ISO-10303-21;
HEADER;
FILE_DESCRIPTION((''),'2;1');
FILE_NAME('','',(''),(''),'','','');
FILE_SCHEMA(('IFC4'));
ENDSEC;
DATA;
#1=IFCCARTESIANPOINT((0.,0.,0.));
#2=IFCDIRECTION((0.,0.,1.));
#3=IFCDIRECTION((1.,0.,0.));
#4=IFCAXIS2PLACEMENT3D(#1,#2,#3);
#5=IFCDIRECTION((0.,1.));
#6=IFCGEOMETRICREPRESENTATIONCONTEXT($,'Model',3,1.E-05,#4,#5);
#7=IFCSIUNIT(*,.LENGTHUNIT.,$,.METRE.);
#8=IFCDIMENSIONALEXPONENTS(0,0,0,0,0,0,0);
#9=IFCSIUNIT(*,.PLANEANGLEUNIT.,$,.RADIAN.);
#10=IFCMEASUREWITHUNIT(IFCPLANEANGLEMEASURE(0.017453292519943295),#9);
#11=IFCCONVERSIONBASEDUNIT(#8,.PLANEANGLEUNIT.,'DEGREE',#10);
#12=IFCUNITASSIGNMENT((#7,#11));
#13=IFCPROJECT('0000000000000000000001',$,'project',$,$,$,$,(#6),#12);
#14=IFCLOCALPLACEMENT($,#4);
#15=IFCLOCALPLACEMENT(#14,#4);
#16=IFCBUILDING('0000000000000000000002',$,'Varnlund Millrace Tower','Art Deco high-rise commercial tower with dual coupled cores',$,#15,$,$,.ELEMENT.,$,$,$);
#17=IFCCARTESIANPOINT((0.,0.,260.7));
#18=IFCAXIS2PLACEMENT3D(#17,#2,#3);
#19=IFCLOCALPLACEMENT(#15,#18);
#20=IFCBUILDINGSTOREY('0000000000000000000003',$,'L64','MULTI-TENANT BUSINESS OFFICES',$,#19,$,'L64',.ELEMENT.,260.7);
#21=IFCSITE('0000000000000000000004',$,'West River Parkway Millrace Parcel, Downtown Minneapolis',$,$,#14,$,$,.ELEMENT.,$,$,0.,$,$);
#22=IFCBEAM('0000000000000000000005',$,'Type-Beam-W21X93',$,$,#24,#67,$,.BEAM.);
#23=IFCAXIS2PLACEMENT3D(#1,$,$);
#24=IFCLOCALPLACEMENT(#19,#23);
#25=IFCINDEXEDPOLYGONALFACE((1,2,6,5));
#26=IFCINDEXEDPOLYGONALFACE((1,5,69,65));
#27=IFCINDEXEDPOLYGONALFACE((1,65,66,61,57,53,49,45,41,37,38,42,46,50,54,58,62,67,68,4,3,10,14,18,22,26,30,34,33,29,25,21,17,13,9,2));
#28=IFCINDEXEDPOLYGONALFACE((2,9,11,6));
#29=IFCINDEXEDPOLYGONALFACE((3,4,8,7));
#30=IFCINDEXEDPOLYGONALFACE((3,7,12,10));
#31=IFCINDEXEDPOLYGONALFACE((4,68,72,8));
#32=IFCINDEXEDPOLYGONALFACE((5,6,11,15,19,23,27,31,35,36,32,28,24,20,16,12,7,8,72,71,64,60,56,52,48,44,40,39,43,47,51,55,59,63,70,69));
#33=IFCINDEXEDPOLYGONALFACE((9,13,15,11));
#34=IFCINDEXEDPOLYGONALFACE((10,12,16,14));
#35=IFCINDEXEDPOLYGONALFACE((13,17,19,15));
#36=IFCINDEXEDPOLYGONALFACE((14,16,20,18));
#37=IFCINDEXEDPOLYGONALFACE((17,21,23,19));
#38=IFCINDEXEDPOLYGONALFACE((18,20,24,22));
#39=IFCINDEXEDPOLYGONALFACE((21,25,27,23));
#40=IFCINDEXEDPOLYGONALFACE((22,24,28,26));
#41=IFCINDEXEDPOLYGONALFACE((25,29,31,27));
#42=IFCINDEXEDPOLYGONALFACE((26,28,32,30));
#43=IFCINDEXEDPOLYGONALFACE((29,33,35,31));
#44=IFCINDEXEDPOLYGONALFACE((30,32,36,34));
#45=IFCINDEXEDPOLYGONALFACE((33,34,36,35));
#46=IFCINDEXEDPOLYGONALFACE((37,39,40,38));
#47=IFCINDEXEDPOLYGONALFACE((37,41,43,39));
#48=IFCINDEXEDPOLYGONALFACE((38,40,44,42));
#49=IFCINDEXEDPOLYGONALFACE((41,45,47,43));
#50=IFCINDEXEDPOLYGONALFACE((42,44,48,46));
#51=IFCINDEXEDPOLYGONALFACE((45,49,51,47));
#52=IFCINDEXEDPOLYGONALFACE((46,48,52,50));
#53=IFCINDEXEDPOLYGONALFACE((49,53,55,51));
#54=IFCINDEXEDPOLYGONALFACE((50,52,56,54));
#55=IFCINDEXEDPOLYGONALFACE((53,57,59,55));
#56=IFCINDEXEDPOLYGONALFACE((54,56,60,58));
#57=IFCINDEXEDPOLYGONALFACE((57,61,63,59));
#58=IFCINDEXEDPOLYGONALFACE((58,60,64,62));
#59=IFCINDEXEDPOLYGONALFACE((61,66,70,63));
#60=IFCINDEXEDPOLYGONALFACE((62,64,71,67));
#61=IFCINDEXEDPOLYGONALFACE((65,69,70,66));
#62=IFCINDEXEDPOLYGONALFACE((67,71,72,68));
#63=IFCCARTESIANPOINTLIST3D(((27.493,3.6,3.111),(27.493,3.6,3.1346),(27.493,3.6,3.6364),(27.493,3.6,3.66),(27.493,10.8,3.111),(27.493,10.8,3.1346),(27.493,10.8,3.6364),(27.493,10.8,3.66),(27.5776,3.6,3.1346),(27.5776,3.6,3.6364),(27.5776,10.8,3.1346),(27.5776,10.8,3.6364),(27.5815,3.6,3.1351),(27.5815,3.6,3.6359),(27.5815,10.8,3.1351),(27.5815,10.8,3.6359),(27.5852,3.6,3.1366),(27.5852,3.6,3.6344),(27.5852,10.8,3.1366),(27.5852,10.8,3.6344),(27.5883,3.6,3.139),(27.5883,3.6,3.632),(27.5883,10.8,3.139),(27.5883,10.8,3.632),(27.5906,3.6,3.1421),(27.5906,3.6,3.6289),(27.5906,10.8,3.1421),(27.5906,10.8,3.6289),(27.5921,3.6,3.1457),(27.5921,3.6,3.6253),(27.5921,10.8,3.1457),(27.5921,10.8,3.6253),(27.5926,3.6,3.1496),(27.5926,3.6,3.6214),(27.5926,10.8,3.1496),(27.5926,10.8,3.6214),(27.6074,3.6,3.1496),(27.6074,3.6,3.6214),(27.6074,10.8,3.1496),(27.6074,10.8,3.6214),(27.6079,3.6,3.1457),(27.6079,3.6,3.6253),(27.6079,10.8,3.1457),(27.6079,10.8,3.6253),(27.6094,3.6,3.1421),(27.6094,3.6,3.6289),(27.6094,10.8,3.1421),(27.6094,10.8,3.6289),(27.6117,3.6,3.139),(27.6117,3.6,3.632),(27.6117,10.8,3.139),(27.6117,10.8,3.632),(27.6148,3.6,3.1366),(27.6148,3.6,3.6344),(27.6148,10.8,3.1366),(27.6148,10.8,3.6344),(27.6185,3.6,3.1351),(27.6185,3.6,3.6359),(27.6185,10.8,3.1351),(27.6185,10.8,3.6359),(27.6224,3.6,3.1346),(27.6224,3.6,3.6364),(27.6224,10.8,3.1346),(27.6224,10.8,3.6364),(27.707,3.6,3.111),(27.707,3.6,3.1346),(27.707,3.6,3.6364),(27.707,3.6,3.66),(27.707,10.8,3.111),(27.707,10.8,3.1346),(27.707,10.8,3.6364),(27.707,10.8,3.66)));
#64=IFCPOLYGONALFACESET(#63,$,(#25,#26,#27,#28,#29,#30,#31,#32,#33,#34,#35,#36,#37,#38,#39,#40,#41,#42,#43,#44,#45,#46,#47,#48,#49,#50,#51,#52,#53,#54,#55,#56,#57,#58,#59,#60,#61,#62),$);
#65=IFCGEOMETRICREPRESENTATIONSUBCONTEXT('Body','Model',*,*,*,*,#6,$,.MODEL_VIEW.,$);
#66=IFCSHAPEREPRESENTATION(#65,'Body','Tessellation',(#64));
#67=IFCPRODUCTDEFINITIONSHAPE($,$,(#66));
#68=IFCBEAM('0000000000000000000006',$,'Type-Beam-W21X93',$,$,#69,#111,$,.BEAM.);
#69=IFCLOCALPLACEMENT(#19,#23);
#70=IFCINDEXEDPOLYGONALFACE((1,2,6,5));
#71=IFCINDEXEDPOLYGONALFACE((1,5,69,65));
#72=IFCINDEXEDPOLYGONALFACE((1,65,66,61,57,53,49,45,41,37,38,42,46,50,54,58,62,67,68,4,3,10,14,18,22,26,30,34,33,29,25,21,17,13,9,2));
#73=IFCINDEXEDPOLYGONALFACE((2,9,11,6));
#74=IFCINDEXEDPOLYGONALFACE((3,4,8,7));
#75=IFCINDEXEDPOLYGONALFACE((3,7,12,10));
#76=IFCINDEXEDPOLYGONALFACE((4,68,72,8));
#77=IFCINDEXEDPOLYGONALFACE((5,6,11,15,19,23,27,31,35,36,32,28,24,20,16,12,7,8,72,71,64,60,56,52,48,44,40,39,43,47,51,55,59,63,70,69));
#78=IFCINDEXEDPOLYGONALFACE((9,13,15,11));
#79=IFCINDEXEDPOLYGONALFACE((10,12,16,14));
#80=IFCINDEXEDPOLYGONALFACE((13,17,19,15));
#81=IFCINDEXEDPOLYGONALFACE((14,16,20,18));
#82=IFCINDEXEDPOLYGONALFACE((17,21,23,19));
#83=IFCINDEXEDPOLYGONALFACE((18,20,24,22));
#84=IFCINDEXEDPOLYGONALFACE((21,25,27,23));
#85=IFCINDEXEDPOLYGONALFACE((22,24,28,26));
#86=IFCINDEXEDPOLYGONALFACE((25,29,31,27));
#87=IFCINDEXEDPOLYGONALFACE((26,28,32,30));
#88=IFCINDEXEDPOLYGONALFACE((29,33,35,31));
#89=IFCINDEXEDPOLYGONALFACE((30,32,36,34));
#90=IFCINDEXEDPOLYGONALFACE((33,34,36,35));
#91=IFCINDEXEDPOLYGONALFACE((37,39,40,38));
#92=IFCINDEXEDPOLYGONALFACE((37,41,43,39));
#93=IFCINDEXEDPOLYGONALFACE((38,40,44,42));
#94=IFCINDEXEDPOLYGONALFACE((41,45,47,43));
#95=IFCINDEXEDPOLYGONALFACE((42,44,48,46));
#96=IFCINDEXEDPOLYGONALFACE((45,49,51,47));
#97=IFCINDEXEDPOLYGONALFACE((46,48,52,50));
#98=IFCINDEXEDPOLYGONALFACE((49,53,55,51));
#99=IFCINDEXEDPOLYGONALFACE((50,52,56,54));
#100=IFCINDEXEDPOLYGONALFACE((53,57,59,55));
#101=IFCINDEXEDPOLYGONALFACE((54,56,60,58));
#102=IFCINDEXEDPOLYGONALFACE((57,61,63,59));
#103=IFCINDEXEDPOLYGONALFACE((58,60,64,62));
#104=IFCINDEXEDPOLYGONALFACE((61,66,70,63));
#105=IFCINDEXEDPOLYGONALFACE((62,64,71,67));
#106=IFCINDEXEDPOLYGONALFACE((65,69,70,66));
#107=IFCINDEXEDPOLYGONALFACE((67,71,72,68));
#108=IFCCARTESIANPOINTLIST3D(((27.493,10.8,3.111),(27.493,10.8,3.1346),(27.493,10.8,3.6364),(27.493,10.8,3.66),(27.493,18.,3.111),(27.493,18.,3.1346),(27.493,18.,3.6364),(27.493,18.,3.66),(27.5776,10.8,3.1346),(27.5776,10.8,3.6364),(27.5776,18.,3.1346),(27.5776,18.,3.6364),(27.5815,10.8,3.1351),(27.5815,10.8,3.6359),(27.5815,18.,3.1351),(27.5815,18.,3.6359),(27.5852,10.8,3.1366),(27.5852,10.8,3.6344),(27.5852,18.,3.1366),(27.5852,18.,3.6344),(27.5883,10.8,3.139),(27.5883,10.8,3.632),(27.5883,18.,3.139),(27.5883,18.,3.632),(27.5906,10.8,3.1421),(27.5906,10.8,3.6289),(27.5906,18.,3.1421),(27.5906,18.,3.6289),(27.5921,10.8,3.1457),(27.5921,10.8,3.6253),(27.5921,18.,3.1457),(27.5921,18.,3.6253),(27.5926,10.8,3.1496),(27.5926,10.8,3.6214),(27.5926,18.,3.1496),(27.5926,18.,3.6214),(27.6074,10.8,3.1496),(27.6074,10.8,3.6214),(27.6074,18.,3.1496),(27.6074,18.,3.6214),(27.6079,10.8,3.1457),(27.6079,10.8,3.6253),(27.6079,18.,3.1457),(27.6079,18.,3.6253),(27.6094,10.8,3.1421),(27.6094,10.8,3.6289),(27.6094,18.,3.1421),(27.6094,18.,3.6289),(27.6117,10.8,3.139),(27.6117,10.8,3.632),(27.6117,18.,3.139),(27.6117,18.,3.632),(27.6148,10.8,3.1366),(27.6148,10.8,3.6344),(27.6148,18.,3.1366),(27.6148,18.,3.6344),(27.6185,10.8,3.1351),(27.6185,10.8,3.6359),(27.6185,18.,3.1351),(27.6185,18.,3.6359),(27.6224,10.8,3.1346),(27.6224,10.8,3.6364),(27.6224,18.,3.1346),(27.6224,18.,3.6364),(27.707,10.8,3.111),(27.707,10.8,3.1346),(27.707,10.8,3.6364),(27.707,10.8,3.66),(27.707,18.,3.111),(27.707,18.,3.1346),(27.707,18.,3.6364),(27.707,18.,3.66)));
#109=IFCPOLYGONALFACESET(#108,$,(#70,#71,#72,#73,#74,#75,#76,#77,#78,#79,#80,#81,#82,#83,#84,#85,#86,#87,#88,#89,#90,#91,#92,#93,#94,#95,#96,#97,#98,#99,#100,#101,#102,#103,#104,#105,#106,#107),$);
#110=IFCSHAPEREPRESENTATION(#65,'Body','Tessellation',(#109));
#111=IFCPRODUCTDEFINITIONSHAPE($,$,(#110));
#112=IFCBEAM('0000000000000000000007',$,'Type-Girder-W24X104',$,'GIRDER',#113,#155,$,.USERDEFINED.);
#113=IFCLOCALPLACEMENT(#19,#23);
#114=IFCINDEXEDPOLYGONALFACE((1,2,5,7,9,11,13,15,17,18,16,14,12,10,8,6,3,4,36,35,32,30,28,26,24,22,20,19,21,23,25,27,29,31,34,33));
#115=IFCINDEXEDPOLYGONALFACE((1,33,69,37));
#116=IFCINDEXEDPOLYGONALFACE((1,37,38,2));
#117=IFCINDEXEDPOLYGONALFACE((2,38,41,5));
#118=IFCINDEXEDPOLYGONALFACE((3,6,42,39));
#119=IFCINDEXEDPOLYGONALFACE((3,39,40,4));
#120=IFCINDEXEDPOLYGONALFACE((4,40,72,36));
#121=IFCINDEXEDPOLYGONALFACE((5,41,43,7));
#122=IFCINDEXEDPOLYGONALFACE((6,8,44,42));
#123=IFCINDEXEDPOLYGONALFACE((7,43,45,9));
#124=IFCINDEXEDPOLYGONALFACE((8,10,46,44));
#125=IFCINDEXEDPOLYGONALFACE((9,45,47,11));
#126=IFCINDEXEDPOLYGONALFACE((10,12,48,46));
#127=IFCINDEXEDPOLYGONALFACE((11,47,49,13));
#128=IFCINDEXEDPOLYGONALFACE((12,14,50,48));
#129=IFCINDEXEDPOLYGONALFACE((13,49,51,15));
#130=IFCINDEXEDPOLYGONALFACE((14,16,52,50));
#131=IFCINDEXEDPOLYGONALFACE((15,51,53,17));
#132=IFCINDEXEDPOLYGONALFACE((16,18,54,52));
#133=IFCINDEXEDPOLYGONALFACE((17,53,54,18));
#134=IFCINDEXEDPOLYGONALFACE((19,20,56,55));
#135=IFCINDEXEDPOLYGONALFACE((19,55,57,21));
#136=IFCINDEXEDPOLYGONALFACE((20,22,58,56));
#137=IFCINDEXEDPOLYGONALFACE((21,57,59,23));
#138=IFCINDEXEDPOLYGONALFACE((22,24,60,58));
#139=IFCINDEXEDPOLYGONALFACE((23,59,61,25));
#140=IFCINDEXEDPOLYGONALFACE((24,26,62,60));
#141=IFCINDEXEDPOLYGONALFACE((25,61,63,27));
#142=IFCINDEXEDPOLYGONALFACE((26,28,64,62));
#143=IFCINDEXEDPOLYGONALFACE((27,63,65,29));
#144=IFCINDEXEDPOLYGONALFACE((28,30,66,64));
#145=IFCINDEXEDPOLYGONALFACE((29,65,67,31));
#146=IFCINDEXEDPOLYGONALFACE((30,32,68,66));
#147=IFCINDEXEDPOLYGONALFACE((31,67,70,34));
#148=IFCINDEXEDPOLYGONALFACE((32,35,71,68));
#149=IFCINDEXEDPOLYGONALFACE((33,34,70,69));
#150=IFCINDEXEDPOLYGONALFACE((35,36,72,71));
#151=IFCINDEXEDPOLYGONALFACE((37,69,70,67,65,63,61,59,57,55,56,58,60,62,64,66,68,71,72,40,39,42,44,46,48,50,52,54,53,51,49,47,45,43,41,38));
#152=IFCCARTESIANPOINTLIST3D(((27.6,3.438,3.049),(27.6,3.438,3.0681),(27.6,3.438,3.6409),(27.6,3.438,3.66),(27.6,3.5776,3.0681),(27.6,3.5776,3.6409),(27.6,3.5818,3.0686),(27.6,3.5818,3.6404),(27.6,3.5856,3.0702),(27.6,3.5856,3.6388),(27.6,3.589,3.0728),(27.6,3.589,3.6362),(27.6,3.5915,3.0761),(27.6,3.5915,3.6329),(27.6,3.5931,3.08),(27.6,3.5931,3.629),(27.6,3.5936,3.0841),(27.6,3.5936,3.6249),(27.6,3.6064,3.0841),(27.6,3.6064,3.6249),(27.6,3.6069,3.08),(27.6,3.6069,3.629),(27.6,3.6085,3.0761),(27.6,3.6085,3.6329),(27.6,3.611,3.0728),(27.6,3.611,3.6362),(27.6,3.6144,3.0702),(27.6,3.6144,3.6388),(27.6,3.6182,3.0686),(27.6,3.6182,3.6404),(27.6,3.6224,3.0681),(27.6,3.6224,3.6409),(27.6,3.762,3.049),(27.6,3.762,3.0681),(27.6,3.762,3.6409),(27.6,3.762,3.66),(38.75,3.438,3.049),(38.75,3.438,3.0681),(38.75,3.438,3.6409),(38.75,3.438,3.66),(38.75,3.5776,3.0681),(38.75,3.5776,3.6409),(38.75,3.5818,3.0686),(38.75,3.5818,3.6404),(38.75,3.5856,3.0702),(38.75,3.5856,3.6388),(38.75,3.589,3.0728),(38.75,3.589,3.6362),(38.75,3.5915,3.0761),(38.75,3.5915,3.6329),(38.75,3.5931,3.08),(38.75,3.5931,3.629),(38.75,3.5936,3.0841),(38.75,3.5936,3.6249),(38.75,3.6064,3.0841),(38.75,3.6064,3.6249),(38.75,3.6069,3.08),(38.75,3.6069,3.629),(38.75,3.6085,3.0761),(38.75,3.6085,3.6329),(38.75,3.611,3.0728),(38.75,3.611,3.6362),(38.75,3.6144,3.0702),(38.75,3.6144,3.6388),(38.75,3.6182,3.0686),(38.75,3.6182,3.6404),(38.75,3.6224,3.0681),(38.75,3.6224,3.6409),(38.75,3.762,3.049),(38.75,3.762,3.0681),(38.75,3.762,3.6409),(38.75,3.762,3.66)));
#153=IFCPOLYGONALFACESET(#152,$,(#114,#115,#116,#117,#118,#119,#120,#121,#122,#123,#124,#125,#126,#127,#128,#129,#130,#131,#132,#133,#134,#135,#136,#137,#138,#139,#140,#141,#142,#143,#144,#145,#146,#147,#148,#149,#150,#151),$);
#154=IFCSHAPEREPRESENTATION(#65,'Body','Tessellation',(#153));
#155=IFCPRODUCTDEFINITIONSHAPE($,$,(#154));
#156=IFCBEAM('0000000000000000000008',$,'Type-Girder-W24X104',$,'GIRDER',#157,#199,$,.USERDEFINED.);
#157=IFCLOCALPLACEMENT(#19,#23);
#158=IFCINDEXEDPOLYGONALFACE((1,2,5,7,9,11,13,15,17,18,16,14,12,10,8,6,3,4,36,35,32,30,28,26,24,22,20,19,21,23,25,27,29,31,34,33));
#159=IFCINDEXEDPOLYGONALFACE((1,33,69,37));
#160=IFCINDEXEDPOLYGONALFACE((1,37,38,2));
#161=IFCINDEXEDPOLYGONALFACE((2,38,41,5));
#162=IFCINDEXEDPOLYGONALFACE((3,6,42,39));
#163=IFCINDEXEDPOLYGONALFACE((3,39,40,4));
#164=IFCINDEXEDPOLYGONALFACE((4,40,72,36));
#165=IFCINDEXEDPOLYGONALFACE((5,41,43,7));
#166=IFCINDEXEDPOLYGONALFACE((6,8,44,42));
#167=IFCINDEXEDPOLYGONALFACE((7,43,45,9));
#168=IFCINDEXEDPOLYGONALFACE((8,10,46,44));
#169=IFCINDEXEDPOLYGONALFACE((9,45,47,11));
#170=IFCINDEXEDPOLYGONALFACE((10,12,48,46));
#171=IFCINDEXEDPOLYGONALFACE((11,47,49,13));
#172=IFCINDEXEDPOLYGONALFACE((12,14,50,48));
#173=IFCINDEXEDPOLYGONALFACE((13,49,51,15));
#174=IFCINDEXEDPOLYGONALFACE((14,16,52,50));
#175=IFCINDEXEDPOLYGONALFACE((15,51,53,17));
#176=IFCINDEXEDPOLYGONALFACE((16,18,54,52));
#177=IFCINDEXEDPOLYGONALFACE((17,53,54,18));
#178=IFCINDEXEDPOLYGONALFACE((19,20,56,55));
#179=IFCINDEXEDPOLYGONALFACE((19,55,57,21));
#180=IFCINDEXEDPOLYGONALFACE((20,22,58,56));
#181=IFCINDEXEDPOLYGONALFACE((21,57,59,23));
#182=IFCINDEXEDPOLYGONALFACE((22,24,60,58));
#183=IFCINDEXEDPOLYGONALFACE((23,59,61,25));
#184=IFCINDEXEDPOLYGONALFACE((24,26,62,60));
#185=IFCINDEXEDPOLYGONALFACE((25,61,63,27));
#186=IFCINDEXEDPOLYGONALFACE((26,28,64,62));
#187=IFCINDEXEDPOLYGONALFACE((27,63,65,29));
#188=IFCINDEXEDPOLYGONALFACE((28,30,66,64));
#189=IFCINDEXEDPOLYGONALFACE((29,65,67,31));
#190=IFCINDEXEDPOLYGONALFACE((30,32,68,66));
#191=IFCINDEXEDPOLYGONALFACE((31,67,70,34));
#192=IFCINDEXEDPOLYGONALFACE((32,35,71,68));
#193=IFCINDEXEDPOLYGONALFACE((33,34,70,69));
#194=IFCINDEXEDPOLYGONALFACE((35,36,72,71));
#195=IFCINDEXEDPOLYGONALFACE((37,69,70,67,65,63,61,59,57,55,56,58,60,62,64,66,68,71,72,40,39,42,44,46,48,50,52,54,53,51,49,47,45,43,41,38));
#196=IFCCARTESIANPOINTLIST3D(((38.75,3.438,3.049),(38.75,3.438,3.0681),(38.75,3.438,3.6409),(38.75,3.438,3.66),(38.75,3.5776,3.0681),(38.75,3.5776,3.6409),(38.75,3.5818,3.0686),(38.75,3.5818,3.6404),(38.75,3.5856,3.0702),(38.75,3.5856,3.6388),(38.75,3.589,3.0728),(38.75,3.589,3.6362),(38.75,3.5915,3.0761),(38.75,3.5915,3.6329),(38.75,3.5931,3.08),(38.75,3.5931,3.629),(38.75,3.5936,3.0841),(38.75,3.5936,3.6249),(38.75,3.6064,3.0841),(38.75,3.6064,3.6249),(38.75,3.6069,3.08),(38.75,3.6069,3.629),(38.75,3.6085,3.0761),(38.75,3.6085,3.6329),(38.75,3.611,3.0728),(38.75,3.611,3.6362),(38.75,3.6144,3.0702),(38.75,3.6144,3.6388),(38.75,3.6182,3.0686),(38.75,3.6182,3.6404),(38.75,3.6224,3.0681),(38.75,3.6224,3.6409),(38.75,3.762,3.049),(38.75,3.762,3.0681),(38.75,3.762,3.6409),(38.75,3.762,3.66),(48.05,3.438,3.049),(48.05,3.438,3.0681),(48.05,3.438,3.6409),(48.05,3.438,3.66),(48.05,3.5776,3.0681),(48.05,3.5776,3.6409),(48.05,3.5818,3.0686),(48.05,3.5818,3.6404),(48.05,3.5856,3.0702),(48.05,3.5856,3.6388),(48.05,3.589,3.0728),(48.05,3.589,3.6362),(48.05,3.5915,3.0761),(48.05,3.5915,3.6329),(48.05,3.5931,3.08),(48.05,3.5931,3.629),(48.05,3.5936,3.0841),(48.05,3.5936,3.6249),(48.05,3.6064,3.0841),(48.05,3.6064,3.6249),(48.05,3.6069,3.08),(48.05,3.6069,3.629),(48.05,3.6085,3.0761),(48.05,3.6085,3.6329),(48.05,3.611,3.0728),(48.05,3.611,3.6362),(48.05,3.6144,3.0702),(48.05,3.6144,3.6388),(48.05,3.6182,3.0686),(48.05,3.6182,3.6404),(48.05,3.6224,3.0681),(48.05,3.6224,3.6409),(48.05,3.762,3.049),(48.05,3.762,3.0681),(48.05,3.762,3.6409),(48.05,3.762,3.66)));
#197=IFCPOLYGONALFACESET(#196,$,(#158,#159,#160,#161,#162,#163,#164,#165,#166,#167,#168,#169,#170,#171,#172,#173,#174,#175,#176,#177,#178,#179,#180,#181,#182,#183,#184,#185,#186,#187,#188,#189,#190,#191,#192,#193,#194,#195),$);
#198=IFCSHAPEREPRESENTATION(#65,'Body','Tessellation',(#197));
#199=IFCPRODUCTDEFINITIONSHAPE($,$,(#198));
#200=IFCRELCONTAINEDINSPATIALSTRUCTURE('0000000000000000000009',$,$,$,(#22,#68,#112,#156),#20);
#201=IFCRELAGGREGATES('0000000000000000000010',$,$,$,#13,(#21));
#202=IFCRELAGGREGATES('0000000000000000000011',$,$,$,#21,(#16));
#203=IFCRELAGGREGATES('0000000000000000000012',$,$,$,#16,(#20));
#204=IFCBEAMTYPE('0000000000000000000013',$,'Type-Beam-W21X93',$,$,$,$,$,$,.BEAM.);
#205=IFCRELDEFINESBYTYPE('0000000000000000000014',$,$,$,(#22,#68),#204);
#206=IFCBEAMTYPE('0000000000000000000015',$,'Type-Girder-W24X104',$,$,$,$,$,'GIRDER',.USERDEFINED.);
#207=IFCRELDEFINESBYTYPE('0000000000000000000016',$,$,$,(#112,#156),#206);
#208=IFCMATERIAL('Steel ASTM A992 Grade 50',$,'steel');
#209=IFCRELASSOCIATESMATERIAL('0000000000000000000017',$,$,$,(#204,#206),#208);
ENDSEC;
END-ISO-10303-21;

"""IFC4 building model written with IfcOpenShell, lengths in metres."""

from ifc_helpers import new_model, entity, si_unit, converted_unit, direction, frame, origin_with_axes, origin_2d_with_axis, place, context, subcontext, project, spatial, i_section, extrude, material, material_profile, profile_set, type_object, element, save


model = new_model("IFC4")

# Units and contexts
model_context = context("Model", 3, precision=1e-05, world=origin_with_axes(), true_north=direction((0.0, 1.0)))
body_context = subcontext(model_context, "Body", "Model", "MODEL_VIEW")
ifc_project = project(units=[si_unit("LENGTHUNIT", "METRE"), converted_unit("PLANEANGLEUNIT", "DEGREE", entity("IfcPlaneAngleMeasure", 0.017453292519943295), si_unit("PLANEANGLEUNIT", "RADIAN"), dimensions=[0, 0, 0, 0, 0, 0, 0])], contexts=[model_context])

# Site, building, storey
site_placement = place(None, origin_with_axes())
site = spatial("IfcSite", under=ifc_project, at=site_placement, Name="West River Parkway Millrace Parcel, Downtown Minneapolis", CompositionType="ELEMENT", RefElevation=0.0)
building_placement = place(site_placement, origin_with_axes())
building = spatial("IfcBuilding", under=site, at=building_placement, Name="Varnlund Millrace Tower", Description="Art Deco high-rise commercial tower with dual coupled cores", CompositionType="ELEMENT")
storey_placement = place(building_placement, frame((0.0, 0.0, 260.7), z_axis=(0.0, 0.0, 1.0), x_axis=(1.0, 0.0, 0.0)))
storey = spatial("IfcBuildingStorey", under=building, at=storey_placement, Name="L64", Description="MULTI-TENANT BUSINESS OFFICES", LongName="L64", CompositionType="ELEMENT", Elevation=260.7)

# Beams
ifc_material_1 = material(Name="Steel ASTM A992 Grade 50", Category="steel")
ifc_material_profile_1 = material_profile(ifc_material_1, i_section(OverallWidth=0.214, OverallDepth=0.549, WebThickness=0.0147, FlangeThickness=0.0236, FilletRadius=0.015, at=origin_2d_with_axis()), Name="Steel ASTM A992 Grade 50")
ifc_profile_set_1 = profile_set([ifc_material_profile_1], Name="Steel ASTM A992 Grade 50")
beam_type_1 = type_object("IfcBeamType", Name="Type-Beam-W21X93", PredefinedType="BEAM", material=ifc_profile_set_1)
for number, where, z_axis, x_axis, name in (
    (1, (27.6, 3.6, 3.3855), (0.0, 1.0, 0.0), (-1.0, 0.0, 0.0), "Type-Beam-W21X93"),
    (2, (27.6, 10.8, 3.3855), (0.0, 1.0, 0.0), (-1.0, 0.0, 0.0), "Type-Beam-W21X93"),
):
    element("IfcBeam", number, at=place(storey_placement, frame(where, z_axis=z_axis, x_axis=x_axis)), inside=storey, type_object=beam_type_1, Name=name, PredefinedType="BEAM", context=body_context, shape_type="SweptSolid", body=[
        extrude(i_section(OverallWidth=0.214, OverallDepth=0.549, WebThickness=0.0147, FlangeThickness=0.0236, FilletRadius=0.015, at=origin_2d_with_axis()), origin_with_axes(), (0.0, 0.0, 1.0), 7.2),
    ])
ifc_material_profile_2 = material_profile(ifc_material_1, i_section(OverallWidth=0.324, OverallDepth=0.611, WebThickness=0.0127, FlangeThickness=0.0191, FilletRadius=0.016, at=origin_2d_with_axis()), Name="Steel ASTM A992 Grade 50")
ifc_profile_set_2 = profile_set([ifc_material_profile_2], Name="Steel ASTM A992 Grade 50")
beam_type_2 = type_object("IfcBeamType", Name="Type-Girder-W24X104", ElementType="GIRDER", PredefinedType="USERDEFINED", material=ifc_profile_set_2)
beam_1_placement = place(storey_placement, frame((27.6, 3.6, 3.3545), z_axis=(1.0, 0.0, 0.0), x_axis=(0.0, 1.0, 0.0)))
element("IfcBeam", 3, at=beam_1_placement, inside=storey, type_object=beam_type_2, Name="Type-Girder-W24X104", ObjectType="GIRDER", PredefinedType="USERDEFINED", context=body_context, shape_type="SweptSolid", body=[
    extrude(i_section(OverallWidth=0.324, OverallDepth=0.611, WebThickness=0.0127, FlangeThickness=0.0191, FilletRadius=0.016, at=origin_2d_with_axis()), origin_with_axes(), (0.0, 0.0, 1.0), 11.15),
])
beam_2_placement = place(storey_placement, frame((38.75, 3.6, 3.3545), z_axis=(1.0, 0.0, 0.0), x_axis=(0.0, 1.0, 0.0)))
element("IfcBeam", 4, at=beam_2_placement, inside=storey, type_object=beam_type_2, Name="Type-Girder-W24X104", ObjectType="GIRDER", PredefinedType="USERDEFINED", context=body_context, shape_type="SweptSolid", body=[
    extrude(i_section(OverallWidth=0.324, OverallDepth=0.611, WebThickness=0.0127, FlangeThickness=0.0191, FilletRadius=0.016, at=origin_2d_with_axis()), origin_with_axes(), (0.0, 0.0, 1.0), 9.3),
])

save(model, "model.ifc")
